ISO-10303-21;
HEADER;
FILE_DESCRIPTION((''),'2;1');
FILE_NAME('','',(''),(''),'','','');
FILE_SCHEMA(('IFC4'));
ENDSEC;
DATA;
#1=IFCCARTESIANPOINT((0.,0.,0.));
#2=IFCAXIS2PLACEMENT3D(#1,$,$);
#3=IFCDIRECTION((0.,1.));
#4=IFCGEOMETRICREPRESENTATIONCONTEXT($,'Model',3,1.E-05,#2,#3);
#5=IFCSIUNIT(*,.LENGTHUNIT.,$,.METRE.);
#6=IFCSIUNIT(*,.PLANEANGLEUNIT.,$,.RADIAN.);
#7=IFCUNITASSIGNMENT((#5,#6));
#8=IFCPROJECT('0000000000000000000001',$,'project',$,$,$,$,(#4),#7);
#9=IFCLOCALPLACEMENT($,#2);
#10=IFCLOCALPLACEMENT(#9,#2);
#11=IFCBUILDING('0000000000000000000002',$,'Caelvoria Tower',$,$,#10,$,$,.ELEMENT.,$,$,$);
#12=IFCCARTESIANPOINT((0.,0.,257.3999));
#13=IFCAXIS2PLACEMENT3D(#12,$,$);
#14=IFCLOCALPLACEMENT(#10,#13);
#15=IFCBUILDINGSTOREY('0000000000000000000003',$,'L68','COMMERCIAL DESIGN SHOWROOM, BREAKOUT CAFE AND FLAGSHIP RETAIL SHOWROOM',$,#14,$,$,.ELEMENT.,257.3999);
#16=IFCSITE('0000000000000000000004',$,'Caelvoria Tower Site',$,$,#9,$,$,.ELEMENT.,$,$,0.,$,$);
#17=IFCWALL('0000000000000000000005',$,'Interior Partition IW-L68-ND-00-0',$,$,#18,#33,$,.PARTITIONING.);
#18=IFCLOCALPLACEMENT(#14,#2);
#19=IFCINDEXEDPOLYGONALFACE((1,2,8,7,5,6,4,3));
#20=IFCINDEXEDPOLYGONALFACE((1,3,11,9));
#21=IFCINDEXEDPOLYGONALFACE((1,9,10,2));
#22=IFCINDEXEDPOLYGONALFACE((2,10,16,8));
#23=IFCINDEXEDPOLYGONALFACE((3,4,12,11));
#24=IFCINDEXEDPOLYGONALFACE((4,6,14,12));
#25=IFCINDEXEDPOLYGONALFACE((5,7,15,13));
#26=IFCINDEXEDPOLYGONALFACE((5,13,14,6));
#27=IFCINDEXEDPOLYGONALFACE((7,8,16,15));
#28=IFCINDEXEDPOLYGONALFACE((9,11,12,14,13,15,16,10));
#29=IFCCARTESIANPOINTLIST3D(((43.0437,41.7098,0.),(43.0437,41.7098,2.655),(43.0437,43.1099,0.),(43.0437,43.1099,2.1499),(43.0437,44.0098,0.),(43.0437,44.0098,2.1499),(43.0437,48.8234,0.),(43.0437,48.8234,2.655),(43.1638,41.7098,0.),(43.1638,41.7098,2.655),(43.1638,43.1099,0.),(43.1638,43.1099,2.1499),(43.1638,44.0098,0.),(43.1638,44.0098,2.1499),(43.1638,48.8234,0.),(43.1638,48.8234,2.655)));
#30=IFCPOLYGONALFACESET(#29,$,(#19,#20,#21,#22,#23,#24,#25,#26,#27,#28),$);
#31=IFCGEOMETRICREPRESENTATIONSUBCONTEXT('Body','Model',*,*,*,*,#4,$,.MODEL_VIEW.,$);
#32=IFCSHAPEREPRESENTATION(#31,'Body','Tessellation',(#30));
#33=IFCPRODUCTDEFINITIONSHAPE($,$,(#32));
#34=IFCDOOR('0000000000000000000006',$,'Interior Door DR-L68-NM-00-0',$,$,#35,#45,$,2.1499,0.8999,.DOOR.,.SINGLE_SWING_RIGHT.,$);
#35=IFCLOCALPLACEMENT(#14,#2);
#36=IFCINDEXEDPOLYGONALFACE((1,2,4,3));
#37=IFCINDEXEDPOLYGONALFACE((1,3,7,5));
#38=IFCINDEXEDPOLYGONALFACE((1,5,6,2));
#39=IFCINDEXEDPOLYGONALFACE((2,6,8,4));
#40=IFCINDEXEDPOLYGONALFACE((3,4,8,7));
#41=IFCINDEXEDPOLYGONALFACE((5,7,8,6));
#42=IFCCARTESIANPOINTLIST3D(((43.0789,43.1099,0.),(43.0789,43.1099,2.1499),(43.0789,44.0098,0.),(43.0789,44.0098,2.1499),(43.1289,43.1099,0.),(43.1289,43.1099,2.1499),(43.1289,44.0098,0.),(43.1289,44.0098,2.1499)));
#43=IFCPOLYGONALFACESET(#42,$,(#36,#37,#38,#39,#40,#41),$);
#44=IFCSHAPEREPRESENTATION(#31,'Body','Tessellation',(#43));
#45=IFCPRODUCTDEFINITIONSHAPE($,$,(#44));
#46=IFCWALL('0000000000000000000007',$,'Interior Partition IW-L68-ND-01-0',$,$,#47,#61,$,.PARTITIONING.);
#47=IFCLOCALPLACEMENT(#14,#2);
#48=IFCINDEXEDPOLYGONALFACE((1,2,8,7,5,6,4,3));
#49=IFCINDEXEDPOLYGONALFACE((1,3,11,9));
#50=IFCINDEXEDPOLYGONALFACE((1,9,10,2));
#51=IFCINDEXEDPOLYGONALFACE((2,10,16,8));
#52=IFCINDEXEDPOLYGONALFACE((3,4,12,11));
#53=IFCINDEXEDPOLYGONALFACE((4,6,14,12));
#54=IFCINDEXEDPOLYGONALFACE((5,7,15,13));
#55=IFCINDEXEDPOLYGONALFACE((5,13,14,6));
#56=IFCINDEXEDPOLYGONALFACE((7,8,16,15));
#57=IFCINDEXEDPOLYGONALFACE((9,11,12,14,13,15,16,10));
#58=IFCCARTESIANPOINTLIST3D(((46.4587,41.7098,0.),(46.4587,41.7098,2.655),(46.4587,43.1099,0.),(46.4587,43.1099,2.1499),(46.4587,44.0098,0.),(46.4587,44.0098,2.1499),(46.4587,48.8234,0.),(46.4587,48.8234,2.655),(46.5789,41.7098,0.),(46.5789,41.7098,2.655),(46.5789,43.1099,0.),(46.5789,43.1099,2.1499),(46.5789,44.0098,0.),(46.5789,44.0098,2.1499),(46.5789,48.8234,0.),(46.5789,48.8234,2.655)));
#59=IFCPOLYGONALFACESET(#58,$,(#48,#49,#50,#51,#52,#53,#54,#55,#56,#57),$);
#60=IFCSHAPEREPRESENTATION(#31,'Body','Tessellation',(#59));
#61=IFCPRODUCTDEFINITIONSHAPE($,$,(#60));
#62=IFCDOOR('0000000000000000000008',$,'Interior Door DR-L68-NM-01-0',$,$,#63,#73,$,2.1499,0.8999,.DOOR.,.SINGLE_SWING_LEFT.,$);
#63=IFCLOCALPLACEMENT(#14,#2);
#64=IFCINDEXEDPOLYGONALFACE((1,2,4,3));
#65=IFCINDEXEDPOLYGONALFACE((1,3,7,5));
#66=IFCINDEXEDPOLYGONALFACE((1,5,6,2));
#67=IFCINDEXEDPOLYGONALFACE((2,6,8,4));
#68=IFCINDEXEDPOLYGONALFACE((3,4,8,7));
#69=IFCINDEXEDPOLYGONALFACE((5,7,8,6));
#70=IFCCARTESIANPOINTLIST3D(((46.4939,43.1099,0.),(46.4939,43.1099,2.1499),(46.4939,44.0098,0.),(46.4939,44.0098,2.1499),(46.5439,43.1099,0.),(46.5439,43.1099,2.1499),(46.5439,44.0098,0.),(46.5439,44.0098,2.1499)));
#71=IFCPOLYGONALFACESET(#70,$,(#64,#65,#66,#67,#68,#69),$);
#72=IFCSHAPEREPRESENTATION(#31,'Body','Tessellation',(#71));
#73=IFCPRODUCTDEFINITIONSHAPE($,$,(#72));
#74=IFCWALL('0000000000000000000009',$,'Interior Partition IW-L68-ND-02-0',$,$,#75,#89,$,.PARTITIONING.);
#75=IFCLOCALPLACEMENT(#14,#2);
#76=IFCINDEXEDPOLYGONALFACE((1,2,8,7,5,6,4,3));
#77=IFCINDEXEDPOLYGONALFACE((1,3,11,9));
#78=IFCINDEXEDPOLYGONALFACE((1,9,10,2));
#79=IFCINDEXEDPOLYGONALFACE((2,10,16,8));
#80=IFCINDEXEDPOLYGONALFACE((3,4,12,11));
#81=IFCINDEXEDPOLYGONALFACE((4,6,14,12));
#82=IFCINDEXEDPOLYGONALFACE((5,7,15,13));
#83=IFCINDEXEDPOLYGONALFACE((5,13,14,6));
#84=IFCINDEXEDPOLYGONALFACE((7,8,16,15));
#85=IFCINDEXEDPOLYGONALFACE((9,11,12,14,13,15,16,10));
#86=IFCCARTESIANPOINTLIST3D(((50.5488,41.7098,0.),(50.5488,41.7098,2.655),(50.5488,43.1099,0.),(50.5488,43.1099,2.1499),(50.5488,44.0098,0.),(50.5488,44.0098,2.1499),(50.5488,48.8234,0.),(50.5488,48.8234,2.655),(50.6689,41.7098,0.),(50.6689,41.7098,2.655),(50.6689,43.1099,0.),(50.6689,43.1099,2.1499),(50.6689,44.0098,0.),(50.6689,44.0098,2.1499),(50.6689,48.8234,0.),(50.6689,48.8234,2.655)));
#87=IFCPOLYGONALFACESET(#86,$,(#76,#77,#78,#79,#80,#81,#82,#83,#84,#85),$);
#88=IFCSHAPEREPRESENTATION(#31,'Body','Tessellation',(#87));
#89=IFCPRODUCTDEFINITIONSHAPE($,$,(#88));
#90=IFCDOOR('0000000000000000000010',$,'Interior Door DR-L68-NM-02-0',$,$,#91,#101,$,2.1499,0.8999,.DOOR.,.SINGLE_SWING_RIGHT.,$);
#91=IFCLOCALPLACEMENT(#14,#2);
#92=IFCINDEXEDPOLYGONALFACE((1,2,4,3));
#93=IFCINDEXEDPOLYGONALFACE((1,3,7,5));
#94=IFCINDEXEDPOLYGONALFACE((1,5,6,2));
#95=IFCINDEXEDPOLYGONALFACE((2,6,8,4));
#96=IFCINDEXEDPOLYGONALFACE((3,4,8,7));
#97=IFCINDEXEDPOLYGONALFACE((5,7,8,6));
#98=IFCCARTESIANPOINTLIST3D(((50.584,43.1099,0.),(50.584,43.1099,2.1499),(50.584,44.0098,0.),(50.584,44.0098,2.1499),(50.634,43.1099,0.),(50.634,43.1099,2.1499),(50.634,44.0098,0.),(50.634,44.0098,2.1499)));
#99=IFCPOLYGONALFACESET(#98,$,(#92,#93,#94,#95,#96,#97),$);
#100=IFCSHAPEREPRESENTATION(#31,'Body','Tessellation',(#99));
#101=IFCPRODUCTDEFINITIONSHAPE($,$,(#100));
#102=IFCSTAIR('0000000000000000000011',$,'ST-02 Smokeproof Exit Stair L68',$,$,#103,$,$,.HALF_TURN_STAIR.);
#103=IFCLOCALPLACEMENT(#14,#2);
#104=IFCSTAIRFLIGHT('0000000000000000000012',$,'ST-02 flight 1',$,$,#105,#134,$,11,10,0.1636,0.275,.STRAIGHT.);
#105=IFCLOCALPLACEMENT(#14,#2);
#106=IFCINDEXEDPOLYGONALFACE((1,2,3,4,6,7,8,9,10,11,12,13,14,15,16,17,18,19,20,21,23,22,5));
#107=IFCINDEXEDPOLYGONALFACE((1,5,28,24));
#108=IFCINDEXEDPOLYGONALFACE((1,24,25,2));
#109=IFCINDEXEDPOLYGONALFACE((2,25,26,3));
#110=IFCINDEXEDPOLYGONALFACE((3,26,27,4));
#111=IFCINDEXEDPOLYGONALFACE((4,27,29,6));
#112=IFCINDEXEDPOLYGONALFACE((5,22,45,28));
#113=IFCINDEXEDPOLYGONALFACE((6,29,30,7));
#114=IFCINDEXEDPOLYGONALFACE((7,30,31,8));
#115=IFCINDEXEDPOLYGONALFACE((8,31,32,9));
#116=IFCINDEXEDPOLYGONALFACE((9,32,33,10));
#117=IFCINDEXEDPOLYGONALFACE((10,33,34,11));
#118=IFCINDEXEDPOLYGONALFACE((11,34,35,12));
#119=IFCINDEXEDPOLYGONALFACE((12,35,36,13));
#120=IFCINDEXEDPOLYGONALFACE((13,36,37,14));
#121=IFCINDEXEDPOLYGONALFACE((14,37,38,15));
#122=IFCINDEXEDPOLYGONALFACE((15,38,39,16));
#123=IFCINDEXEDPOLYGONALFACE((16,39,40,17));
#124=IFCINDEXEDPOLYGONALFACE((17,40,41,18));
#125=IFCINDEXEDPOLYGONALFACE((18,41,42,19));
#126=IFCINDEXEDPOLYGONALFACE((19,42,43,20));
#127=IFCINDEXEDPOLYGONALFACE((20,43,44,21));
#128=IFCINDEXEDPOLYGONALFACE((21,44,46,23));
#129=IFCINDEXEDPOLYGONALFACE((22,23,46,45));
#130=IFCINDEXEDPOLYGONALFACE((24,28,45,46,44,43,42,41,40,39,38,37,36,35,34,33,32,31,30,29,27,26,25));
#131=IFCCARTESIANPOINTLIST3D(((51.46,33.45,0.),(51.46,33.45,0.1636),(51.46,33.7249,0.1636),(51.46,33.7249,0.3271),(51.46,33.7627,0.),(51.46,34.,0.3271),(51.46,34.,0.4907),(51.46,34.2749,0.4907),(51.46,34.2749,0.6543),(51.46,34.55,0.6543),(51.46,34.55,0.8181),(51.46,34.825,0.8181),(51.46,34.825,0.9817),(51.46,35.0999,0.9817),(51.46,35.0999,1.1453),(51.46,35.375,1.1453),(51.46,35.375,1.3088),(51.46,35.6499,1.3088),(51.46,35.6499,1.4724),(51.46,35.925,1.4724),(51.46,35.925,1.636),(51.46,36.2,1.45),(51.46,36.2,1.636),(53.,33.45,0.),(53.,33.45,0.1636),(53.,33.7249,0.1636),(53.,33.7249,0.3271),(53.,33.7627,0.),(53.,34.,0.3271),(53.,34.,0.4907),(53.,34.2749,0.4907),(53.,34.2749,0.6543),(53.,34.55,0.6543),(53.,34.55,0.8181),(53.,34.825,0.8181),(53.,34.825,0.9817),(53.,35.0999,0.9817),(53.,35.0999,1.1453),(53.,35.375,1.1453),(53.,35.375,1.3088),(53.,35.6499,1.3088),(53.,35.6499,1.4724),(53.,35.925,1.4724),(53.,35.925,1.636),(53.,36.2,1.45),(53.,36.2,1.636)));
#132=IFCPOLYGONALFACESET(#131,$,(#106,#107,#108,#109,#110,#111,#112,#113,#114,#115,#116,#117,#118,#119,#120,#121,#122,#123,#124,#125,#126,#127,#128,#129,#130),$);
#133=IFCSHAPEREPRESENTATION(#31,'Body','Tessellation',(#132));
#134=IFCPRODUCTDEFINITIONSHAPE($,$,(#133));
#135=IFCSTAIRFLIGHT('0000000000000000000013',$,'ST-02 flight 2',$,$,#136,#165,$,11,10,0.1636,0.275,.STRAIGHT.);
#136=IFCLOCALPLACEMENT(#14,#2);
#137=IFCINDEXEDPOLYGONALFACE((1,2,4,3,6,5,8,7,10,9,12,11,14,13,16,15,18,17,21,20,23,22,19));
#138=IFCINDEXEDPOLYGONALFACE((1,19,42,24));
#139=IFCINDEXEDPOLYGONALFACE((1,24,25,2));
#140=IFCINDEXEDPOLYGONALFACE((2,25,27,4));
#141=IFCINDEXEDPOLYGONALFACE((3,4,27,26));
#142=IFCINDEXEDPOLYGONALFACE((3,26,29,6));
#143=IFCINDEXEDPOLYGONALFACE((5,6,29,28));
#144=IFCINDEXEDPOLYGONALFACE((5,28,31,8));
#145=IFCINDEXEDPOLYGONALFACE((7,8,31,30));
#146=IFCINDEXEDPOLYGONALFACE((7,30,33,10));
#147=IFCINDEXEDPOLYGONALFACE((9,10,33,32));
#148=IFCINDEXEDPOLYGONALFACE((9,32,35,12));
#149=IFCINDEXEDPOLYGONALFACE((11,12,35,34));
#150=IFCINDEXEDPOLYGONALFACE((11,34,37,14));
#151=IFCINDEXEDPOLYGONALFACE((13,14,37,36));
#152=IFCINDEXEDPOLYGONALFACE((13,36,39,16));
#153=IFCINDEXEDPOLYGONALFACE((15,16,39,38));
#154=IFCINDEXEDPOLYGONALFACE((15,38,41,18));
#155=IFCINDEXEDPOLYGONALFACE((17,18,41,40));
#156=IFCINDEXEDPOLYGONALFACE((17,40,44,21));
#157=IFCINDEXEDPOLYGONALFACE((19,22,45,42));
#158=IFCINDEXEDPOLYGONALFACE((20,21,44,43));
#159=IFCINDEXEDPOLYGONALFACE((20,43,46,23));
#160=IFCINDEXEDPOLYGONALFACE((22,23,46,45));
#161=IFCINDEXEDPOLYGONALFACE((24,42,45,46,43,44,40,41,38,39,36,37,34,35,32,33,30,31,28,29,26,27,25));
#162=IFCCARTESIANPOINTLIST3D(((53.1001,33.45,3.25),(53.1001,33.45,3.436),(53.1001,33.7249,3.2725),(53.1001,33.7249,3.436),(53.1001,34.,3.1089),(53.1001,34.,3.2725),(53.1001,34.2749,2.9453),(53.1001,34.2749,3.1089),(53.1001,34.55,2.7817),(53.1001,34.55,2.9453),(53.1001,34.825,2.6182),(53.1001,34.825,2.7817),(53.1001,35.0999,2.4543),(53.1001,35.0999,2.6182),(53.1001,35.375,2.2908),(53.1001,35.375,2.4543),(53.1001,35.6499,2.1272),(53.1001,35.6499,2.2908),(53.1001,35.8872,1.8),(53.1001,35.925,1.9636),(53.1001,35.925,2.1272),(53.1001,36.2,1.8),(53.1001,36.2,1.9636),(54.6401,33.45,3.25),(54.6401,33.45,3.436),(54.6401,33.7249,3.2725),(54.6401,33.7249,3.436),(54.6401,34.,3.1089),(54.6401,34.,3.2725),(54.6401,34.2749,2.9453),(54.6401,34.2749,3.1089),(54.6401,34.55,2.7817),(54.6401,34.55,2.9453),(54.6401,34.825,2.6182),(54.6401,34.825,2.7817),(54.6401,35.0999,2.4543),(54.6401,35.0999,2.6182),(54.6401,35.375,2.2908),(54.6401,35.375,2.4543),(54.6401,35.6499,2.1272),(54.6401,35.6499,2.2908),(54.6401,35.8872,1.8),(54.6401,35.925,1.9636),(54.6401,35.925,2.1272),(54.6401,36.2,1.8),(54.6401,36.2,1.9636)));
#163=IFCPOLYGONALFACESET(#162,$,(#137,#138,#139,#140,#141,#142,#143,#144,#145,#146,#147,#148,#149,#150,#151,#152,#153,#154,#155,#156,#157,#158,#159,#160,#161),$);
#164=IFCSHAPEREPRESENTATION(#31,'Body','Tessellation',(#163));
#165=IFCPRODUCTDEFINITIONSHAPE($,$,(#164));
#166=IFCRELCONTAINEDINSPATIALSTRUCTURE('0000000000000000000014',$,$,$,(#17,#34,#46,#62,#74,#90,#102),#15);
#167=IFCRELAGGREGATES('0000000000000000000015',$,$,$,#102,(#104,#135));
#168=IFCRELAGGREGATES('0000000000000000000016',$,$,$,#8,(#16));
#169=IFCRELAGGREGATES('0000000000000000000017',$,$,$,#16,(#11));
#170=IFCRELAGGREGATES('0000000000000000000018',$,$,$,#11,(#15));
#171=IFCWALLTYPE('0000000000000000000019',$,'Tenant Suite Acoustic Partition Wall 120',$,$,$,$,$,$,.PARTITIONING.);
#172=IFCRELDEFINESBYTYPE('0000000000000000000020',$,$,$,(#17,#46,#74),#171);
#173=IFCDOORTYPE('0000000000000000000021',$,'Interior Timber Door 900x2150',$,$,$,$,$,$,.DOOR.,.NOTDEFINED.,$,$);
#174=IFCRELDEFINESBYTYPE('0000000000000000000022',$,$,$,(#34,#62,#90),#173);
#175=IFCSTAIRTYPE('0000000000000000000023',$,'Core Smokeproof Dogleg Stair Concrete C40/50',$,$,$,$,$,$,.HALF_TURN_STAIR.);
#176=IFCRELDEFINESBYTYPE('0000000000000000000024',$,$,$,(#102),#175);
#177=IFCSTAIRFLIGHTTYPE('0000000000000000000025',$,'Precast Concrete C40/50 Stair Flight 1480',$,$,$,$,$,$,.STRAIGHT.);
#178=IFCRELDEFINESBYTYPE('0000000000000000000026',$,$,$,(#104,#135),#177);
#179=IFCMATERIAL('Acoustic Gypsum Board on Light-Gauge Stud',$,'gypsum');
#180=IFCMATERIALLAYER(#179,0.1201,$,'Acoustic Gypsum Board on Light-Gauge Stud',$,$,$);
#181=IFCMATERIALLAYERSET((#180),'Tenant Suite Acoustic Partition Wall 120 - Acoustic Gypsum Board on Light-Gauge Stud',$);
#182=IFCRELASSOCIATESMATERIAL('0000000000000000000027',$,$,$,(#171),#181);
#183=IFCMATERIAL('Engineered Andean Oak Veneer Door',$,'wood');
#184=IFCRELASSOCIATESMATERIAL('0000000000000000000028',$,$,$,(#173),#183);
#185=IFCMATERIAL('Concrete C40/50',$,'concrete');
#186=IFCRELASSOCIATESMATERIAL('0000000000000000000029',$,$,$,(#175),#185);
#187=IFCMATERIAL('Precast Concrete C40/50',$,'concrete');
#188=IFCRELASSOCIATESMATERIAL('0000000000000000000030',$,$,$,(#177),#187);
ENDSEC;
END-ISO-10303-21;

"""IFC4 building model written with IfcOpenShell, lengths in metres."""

from ifc_helpers import new_model, si_unit, direction, frame, frame_2d, origin, place, context, subcontext, project, spatial, polyline, rectangle, outline, extrude, material, layer, layer_set, type_object, element, fill, aggregate, save


model = new_model("IFC4")

# Units and contexts
model_context = context("Model", 3, precision=1e-05, world=origin(), true_north=direction((0.0, 1.0)))
body_context = subcontext(model_context, "Body", "Model", "MODEL_VIEW")
ifc_project = project(units=[si_unit("LENGTHUNIT", "METRE"), si_unit("PLANEANGLEUNIT", "RADIAN")], contexts=[model_context])

# Site, building, storey
site_placement = place(None, origin())
site = spatial("IfcSite", under=ifc_project, at=site_placement, Name="Caelvoria Tower Site", CompositionType="ELEMENT", RefElevation=0.0)
building_placement = place(site_placement, origin())
building = spatial("IfcBuilding", under=site, at=building_placement, Name="Caelvoria Tower", CompositionType="ELEMENT")
storey_placement = place(building_placement, frame((0.0, 0.0, 257.3999)))
storey = spatial("IfcBuildingStorey", under=building, at=storey_placement, Name="L68", Description="COMMERCIAL DESIGN SHOWROOM, BREAKOUT CAFE AND FLAGSHIP RETAIL SHOWROOM", CompositionType="ELEMENT", Elevation=257.3999)

# Walls, openings, doors
ifc_material_1 = material(Name="Acoustic Gypsum Board on Light-Gauge Stud", Category="gypsum")
ifc_layer_1 = layer(ifc_material_1, 0.1201, Name="Acoustic Gypsum Board on Light-Gauge Stud")
ifc_layer_set_1 = layer_set([ifc_layer_1], Name="Tenant Suite Acoustic Partition Wall 120 - Acoustic Gypsum Board on Light-Gauge Stud")
wall_type_1 = type_object("IfcWallType", Name="Tenant Suite Acoustic Partition Wall 120", PredefinedType="PARTITIONING", material=ifc_layer_set_1)
wall_1_placement = place(storey_placement, frame((43.1038, 41.71, 0.0), z_axis=(0.0, 0.0, 1.0), x_axis=(0.0, 1.0, 0.0)))
wall_1 = element("IfcWall", 1, at=wall_1_placement, inside=storey, type_object=wall_type_1, Name="Interior Partition IW-L68-ND-00-0", PredefinedType="PARTITIONING", context=body_context, shape_type="SweptSolid", body=[
    extrude(rectangle(XDim=7.1135, YDim=0.1201, at=frame_2d((3.5566, 0.0))), origin(), (0.0, 0.0, 1.0), 2.655),
])
opening_1_placement = place(wall_1_placement, frame((1.3999, 0.0, 0.0)))
opening_1 = element("IfcOpeningElement", 2, at=opening_1_placement, cuts=wall_1, PredefinedType="OPENING", context=body_context, shape_type="SweptSolid", body=[
    extrude(rectangle(XDim=0.8999, YDim=2.1499, at=frame_2d((0.45, 1.075))), frame((0.0, 0.0701, 0.0), z_axis=(0.0, -1.0, 0.0), x_axis=(1.0, 0.0, 0.0)), (0.0, 0.0, 1.0), 0.1401),
])
ifc_material_2 = material(Name="Engineered Andean Oak Veneer Door", Category="wood")
door_type = type_object("IfcDoorType", Name="Interior Timber Door 900x2150", OperationType="NOTDEFINED", PredefinedType="DOOR", material=ifc_material_2)
door_1_placement = place(opening_1_placement, origin())
door_1 = element("IfcDoor", 3, at=door_1_placement, inside=storey, type_object=door_type, Name="Interior Door DR-L68-NM-00-0", OperationType="SINGLE_SWING_RIGHT", OverallHeight=2.1499, OverallWidth=0.8999, PredefinedType="DOOR", context=body_context, shape_type="SweptSolid", body=[
    extrude(rectangle(XDim=0.8999, YDim=2.1499, at=frame_2d((0.45, 1.075))), frame((0.0, 0.0249, 0.0), z_axis=(0.0, -1.0, 0.0), x_axis=(1.0, 0.0, 0.0)), (0.0, 0.0, 1.0), 0.05),
])
fill(opening_1, door_1)
wall_2_placement = place(storey_placement, frame((46.5188, 41.71, 0.0), z_axis=(0.0, 0.0, 1.0), x_axis=(0.0, 1.0, 0.0)))
wall_2 = element("IfcWall", 4, at=wall_2_placement, inside=storey, type_object=wall_type_1, Name="Interior Partition IW-L68-ND-01-0", PredefinedType="PARTITIONING", context=body_context, shape_type="SweptSolid", body=[
    extrude(rectangle(XDim=7.1135, YDim=0.1201, at=frame_2d((3.5566, 0.0))), origin(), (0.0, 0.0, 1.0), 2.655),
])
opening_2_placement = place(wall_2_placement, frame((1.3999, 0.0, 0.0)))
opening_2 = element("IfcOpeningElement", 5, at=opening_2_placement, cuts=wall_2, PredefinedType="OPENING", context=body_context, shape_type="SweptSolid", body=[
    extrude(rectangle(XDim=0.8999, YDim=2.1499, at=frame_2d((0.45, 1.075))), frame((0.0, 0.0701, 0.0), z_axis=(0.0, -1.0, 0.0), x_axis=(1.0, 0.0, 0.0)), (0.0, 0.0, 1.0), 0.1401),
])
door_2_placement = place(opening_2_placement, origin())
door_2 = element("IfcDoor", 6, at=door_2_placement, inside=storey, type_object=door_type, Name="Interior Door DR-L68-NM-01-0", OperationType="SINGLE_SWING_LEFT", OverallHeight=2.1499, OverallWidth=0.8999, PredefinedType="DOOR", context=body_context, shape_type="SweptSolid", body=[
    extrude(rectangle(XDim=0.8999, YDim=2.1499, at=frame_2d((0.45, 1.075))), frame((0.0, 0.0249, 0.0), z_axis=(0.0, -1.0, 0.0), x_axis=(1.0, 0.0, 0.0)), (0.0, 0.0, 1.0), 0.05),
])
fill(opening_2, door_2)
wall_3_placement = place(storey_placement, frame((50.6089, 41.71, 0.0), z_axis=(0.0, 0.0, 1.0), x_axis=(0.0, 1.0, 0.0)))
wall_3 = element("IfcWall", 7, at=wall_3_placement, inside=storey, type_object=wall_type_1, Name="Interior Partition IW-L68-ND-02-0", PredefinedType="PARTITIONING", context=body_context, shape_type="SweptSolid", body=[
    extrude(rectangle(XDim=7.1135, YDim=0.1201, at=frame_2d((3.5566, 0.0))), origin(), (0.0, 0.0, 1.0), 2.655),
])
opening_3_placement = place(wall_3_placement, frame((1.3999, 0.0, 0.0)))
opening_3 = element("IfcOpeningElement", 8, at=opening_3_placement, cuts=wall_3, PredefinedType="OPENING", context=body_context, shape_type="SweptSolid", body=[
    extrude(rectangle(XDim=0.8999, YDim=2.1499, at=frame_2d((0.45, 1.075))), frame((0.0, 0.0701, 0.0), z_axis=(0.0, -1.0, 0.0), x_axis=(1.0, 0.0, 0.0)), (0.0, 0.0, 1.0), 0.1401),
])
door_3_placement = place(opening_3_placement, origin())
door_3 = element("IfcDoor", 9, at=door_3_placement, inside=storey, type_object=door_type, Name="Interior Door DR-L68-NM-02-0", OperationType="SINGLE_SWING_RIGHT", OverallHeight=2.1499, OverallWidth=0.8999, PredefinedType="DOOR", context=body_context, shape_type="SweptSolid", body=[
    extrude(rectangle(XDim=0.8999, YDim=2.1499, at=frame_2d((0.45, 1.075))), frame((0.0, 0.0249, 0.0), z_axis=(0.0, -1.0, 0.0), x_axis=(1.0, 0.0, 0.0)), (0.0, 0.0, 1.0), 0.05),
])
fill(opening_3, door_3)

# Stair, stair flights
ifc_material_3 = material(Name="Concrete C40/50", Category="concrete")
stair_type = type_object("IfcStairType", Name="Core Smokeproof Dogleg Stair Concrete C40/50", PredefinedType="HALF_TURN_STAIR", material=ifc_material_3)
stair_placement = place(storey_placement, origin())
stair = element("IfcStair", 10, at=stair_placement, inside=storey, type_object=stair_type, Name="ST-02 Smokeproof Exit Stair L68", PredefinedType="HALF_TURN_STAIR")
ifc_material_4 = material(Name="Precast Concrete C40/50", Category="concrete")
stair_flight_type = type_object("IfcStairFlightType", Name="Precast Concrete C40/50 Stair Flight 1480", PredefinedType="STRAIGHT", material=ifc_material_4)
stair_flight_1_placement = place(storey_placement, frame((52.23, 33.45, 0.0), z_axis=(0.0, 0.0, 1.0), x_axis=(0.0, 1.0, 0.0)))
stair_flight_1 = element("IfcStairFlight", 11, at=stair_flight_1_placement, type_object=stair_flight_type, Name="ST-02 flight 1", NumberOfRisers=11, NumberOfTreads=10, PredefinedType="STRAIGHT", RiserHeight=0.1636, TreadLength=0.275, context=body_context, shape_type="SweptSolid", body=[
    extrude(outline(polyline([(0.0, 0.0), (0.0, 0.1636), (0.2749, 0.1636), (0.2749, 0.3271), (0.55, 0.3271), (0.55, 0.4907), (0.825, 0.4907), (0.825, 0.6543), (1.1001, 0.6543), (1.1001, 0.8181), (1.375, 0.8181), (1.375, 0.9817), (1.6499, 0.9817), (1.6499, 1.1453), (1.925, 1.1453), (1.925, 1.3088), (2.2, 1.3088), (2.2, 1.4724), (2.4751, 1.4724), (2.4751, 1.636), (2.75, 1.636), (2.75, 1.7996), (2.75, 1.45), (0.3127, 0.0), (0.0, 0.0)])), frame((0.0, 0.77, 0.0), z_axis=(0.0, -1.0, 0.0), x_axis=(1.0, 0.0, 0.0)), (0.0, 0.0, 1.0), 1.54),
])
stair_flight_2_placement = place(storey_placement, frame((53.8701, 36.2, 1.8), z_axis=(0.0, 0.0, 1.0), x_axis=(0.0, -1.0, 0.0)))
stair_flight_2 = element("IfcStairFlight", 12, at=stair_flight_2_placement, type_object=stair_flight_type, Name="ST-02 flight 2", NumberOfRisers=11, NumberOfTreads=10, PredefinedType="STRAIGHT", RiserHeight=0.1636, TreadLength=0.275, context=body_context, shape_type="SweptSolid", body=[
    extrude(outline(polyline([(0.0, 0.0), (0.0, 0.1636), (0.2749, 0.1636), (0.2749, 0.3271), (0.55, 0.3271), (0.55, 0.4907), (0.825, 0.4907), (0.825, 0.6543), (1.1001, 0.6543), (1.1001, 0.8181), (1.375, 0.8181), (1.375, 0.9817), (1.6499, 0.9817), (1.6499, 1.1453), (1.925, 1.1453), (1.925, 1.3088), (2.2, 1.3088), (2.2, 1.4724), (2.4751, 1.4724), (2.4751, 1.636), (2.75, 1.636), (2.75, 1.7996), (2.75, 1.45), (0.3127, 0.0), (0.0, 0.0)])), frame((0.0, 0.77, 0.0), z_axis=(0.0, -1.0, 0.0), x_axis=(1.0, 0.0, 0.0)), (0.0, 0.0, 1.0), 1.54),
])
aggregate(stair, [stair_flight_1, stair_flight_2])

save(model, "model.ifc")
